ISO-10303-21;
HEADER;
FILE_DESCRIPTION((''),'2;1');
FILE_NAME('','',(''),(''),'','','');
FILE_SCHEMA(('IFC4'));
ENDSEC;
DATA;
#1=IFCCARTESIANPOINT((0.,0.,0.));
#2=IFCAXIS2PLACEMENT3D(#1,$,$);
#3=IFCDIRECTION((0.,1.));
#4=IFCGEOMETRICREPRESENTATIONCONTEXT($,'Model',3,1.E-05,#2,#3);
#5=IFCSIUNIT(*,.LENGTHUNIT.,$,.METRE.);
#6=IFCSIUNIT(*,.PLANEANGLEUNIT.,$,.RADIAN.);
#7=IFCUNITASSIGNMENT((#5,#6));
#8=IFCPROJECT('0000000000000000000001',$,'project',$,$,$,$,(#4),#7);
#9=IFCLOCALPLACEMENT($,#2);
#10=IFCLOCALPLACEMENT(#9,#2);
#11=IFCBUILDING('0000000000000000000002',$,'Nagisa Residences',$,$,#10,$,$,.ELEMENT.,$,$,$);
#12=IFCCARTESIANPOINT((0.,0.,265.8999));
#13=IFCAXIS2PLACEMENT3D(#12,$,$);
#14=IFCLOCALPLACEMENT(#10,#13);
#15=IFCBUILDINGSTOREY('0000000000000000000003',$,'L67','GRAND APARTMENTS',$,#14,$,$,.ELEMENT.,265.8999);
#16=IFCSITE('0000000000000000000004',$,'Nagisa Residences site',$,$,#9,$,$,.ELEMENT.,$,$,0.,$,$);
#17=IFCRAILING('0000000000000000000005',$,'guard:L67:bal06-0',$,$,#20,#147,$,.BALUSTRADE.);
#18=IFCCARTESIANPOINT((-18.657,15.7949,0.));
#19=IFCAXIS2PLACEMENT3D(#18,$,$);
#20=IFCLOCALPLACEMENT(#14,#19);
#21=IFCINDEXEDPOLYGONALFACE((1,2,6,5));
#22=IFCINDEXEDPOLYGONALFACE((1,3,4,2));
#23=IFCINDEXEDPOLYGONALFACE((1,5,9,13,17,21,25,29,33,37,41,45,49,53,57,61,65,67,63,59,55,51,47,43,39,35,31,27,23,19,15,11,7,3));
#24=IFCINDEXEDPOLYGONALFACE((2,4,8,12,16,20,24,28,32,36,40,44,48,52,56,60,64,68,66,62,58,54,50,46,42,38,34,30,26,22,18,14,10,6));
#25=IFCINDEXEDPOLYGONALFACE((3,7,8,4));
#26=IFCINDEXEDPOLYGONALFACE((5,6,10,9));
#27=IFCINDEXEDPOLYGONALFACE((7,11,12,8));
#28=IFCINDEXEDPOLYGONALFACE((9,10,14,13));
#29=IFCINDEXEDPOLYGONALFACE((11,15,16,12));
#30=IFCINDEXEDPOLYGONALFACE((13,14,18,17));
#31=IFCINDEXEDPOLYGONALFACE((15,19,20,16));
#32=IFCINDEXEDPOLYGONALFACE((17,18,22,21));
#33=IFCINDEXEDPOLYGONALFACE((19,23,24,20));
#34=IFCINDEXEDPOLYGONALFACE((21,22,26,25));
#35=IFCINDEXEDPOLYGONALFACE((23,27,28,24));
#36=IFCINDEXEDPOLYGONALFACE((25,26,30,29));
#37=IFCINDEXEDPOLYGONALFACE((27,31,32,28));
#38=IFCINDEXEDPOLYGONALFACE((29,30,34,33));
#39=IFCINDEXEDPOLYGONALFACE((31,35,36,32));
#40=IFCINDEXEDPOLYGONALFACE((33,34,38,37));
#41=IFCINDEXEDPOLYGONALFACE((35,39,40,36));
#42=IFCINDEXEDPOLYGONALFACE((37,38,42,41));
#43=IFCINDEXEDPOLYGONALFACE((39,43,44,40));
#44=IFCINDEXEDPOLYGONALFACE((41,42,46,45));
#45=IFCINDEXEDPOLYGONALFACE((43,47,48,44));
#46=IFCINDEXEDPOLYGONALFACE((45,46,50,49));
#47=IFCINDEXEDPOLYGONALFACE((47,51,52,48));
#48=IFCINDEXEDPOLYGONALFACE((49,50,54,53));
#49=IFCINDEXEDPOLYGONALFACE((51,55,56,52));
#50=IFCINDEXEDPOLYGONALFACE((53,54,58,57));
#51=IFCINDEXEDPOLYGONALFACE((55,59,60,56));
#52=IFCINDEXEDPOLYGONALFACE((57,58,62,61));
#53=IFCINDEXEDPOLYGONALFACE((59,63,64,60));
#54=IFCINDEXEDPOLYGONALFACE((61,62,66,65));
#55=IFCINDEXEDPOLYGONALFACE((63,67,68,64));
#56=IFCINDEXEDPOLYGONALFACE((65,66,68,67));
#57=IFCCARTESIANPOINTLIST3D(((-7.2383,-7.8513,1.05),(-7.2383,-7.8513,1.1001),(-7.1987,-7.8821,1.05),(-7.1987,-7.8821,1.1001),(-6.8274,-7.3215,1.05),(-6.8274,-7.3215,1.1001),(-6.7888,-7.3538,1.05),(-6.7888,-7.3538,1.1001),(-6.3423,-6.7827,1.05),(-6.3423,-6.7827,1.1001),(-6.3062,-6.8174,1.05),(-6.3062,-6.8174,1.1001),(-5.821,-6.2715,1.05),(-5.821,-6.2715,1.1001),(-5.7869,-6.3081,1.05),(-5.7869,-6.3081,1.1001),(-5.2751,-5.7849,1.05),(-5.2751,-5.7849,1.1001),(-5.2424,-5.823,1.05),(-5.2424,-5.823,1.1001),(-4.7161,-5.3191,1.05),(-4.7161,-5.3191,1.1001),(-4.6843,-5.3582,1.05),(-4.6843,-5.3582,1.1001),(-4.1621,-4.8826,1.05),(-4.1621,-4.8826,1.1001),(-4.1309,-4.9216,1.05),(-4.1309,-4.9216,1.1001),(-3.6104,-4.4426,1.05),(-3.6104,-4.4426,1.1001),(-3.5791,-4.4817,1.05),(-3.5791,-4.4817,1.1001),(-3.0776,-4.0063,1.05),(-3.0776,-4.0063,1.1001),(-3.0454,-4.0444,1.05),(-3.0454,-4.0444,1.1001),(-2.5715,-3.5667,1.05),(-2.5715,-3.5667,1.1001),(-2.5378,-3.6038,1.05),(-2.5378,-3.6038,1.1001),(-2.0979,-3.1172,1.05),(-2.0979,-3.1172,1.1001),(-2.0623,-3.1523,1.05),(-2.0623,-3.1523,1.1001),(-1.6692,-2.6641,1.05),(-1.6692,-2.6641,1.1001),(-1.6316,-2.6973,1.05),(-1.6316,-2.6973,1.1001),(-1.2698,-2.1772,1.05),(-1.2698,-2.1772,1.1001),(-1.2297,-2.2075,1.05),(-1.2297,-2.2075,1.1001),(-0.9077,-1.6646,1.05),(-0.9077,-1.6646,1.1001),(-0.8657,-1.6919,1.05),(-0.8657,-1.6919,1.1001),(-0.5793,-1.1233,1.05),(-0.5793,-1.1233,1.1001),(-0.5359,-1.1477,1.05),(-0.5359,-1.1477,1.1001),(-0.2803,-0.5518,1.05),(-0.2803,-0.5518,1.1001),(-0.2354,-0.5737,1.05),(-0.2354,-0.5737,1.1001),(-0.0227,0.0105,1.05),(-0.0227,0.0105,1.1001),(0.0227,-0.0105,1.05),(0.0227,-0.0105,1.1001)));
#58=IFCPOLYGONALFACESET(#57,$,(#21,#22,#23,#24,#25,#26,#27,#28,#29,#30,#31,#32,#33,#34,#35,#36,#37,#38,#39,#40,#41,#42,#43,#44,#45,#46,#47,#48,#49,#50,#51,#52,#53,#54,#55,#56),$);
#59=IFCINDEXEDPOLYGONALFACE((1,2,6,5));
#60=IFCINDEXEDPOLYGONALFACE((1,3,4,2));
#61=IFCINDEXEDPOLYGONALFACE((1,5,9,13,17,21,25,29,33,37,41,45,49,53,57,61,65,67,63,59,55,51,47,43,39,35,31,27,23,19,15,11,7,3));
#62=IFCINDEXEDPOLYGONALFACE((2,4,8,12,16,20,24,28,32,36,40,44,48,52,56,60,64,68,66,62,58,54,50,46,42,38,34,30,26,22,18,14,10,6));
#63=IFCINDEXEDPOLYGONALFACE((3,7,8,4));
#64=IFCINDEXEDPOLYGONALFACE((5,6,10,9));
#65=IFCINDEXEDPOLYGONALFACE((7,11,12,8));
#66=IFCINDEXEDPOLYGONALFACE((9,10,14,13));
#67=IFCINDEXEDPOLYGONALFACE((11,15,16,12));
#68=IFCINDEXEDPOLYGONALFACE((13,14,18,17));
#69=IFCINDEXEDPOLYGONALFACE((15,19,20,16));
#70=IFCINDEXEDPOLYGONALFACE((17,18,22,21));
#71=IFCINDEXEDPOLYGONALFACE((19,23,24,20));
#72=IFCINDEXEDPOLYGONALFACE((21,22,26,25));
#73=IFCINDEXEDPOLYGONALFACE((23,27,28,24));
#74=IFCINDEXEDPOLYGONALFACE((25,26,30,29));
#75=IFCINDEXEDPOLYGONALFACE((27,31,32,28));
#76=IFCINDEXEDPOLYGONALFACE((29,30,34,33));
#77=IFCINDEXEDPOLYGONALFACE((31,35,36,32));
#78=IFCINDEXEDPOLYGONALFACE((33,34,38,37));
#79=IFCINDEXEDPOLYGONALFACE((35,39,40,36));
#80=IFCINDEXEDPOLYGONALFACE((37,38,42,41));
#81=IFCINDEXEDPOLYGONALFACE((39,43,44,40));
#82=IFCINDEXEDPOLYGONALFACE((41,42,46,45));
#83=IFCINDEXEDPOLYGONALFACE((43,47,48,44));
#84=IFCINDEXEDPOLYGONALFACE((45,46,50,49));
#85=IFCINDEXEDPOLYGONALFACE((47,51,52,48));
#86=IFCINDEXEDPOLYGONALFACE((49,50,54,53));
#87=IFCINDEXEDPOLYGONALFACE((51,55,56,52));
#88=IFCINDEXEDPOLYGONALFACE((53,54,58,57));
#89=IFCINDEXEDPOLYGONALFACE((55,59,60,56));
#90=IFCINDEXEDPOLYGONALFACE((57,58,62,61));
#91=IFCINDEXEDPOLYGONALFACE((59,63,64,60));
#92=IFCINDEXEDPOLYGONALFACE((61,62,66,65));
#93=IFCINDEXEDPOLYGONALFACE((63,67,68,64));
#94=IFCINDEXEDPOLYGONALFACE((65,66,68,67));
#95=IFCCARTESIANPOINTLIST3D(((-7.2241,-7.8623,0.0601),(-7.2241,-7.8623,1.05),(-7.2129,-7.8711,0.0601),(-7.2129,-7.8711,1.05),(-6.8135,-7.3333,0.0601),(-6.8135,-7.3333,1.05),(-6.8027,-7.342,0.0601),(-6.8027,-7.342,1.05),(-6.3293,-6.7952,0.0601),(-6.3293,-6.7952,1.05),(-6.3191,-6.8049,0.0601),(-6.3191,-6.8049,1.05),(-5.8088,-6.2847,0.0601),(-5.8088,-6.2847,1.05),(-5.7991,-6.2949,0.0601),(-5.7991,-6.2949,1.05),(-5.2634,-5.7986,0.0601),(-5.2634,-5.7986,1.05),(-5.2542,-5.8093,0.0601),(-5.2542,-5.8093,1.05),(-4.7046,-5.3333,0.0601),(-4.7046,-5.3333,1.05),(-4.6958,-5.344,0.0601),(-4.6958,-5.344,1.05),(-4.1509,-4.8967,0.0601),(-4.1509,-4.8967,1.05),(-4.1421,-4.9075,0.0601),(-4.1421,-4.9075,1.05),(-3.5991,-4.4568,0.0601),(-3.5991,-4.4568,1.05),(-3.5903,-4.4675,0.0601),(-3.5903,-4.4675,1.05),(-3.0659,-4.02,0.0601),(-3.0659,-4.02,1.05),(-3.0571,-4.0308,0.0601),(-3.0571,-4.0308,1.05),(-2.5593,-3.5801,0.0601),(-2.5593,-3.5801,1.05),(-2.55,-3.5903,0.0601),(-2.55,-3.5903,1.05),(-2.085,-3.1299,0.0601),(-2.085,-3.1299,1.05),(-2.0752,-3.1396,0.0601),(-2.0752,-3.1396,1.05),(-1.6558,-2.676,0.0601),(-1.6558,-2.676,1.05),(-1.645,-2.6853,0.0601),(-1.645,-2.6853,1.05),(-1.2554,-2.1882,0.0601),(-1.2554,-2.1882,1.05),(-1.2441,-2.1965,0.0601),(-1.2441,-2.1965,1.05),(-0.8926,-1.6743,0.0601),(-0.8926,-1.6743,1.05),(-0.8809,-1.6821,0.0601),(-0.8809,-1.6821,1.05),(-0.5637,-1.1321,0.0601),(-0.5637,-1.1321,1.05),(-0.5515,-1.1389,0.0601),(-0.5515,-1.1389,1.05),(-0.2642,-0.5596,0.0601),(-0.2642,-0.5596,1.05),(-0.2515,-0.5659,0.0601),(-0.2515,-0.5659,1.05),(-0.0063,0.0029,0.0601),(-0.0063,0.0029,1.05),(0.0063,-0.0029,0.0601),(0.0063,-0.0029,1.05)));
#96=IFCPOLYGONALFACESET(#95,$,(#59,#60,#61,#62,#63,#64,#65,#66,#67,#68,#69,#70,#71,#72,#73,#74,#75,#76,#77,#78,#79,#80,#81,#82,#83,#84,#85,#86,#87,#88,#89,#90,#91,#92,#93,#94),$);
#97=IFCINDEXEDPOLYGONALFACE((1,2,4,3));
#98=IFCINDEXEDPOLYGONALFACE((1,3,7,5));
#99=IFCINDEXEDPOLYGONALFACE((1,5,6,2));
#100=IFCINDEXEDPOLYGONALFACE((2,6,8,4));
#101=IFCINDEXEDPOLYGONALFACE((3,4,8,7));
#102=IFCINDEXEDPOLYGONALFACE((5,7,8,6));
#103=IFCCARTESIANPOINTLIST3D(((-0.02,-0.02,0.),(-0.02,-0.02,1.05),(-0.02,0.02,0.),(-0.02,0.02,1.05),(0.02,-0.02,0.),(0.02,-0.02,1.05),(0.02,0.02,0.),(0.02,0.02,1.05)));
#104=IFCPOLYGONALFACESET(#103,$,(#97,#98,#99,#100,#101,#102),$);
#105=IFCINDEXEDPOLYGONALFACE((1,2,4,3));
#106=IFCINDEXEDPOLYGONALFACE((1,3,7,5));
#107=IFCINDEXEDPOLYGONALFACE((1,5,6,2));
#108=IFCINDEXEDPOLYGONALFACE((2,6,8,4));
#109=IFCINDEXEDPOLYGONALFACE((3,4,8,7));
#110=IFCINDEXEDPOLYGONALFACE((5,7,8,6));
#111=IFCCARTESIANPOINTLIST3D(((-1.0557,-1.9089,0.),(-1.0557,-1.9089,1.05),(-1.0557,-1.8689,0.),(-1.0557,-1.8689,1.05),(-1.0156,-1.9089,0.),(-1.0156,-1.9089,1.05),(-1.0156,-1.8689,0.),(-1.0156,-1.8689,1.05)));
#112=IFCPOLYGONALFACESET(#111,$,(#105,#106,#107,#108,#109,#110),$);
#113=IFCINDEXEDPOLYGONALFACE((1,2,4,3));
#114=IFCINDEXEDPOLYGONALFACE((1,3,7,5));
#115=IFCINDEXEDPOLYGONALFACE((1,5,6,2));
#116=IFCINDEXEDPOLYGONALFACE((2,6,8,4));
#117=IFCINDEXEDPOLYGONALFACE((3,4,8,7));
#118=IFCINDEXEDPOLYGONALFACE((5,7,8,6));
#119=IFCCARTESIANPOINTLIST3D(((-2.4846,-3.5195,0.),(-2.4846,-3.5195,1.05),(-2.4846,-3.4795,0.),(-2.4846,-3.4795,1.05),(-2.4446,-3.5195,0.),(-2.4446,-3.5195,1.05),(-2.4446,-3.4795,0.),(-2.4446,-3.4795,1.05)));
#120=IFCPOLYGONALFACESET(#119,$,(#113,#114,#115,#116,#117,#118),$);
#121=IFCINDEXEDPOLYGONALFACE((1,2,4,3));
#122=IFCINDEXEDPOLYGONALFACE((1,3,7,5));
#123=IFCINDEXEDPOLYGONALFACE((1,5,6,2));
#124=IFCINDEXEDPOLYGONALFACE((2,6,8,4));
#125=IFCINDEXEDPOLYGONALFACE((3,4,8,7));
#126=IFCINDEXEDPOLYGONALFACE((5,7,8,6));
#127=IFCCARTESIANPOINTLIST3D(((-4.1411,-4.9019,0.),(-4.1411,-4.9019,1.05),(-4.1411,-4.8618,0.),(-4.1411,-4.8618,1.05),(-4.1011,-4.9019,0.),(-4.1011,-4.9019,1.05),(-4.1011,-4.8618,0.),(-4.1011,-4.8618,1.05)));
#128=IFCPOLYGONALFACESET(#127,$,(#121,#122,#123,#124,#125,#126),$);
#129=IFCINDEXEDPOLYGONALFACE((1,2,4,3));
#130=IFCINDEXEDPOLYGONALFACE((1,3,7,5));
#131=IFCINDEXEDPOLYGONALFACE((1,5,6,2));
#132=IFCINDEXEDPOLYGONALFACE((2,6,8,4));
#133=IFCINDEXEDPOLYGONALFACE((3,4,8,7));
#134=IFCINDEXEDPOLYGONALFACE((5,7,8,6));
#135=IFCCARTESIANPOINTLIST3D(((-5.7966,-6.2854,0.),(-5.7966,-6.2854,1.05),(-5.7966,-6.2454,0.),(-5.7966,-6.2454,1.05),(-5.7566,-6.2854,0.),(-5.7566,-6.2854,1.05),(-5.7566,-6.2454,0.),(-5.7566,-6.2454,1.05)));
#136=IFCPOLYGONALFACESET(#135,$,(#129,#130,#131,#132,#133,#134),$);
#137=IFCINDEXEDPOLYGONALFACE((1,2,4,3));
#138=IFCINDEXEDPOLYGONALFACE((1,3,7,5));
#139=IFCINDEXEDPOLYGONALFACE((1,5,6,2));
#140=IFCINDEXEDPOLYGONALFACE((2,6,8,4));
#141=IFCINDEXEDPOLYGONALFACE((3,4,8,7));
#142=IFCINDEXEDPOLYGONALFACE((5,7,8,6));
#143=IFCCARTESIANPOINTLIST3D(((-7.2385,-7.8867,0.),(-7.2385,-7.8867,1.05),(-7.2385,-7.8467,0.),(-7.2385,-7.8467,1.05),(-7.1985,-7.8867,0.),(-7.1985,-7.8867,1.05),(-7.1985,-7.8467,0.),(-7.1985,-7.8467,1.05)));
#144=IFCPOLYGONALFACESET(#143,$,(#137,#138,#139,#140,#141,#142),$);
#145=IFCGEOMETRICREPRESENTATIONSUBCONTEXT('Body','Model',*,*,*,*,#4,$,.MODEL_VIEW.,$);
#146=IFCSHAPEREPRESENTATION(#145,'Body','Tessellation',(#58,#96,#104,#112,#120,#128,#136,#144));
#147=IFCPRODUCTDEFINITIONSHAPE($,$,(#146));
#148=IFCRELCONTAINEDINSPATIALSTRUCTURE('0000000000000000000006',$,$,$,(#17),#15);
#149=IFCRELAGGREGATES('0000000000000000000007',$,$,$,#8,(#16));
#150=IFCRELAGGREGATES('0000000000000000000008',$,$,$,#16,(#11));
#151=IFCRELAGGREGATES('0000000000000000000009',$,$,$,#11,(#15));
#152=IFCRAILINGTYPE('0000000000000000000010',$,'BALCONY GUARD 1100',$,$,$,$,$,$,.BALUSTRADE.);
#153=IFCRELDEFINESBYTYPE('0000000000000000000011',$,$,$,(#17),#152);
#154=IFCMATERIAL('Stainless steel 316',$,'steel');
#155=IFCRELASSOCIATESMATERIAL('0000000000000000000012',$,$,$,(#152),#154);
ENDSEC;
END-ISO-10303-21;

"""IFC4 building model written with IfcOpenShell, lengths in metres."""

from ifc_helpers import new_model, si_unit, direction, frame, origin, origin_2d, place, context, subcontext, project, spatial, polyline, rectangle, outline, extrude, material, type_object, element, save


model = new_model("IFC4")

# Units and contexts
model_context = context("Model", 3, precision=1e-05, world=origin(), true_north=direction((0.0, 1.0)))
body_context = subcontext(model_context, "Body", "Model", "MODEL_VIEW")
ifc_project = project(units=[si_unit("LENGTHUNIT", "METRE"), si_unit("PLANEANGLEUNIT", "RADIAN")], contexts=[model_context])

# Site, building, storey
site_placement = place(None, origin())
site = spatial("IfcSite", under=ifc_project, at=site_placement, Name="Nagisa Residences site", CompositionType="ELEMENT", RefElevation=0.0)
building_placement = place(site_placement, origin())
building = spatial("IfcBuilding", under=site, at=building_placement, Name="Nagisa Residences", CompositionType="ELEMENT")
storey_placement = place(building_placement, frame((0.0, 0.0, 265.8999)))
storey = spatial("IfcBuildingStorey", under=building, at=storey_placement, Name="L67", Description="GRAND APARTMENTS", CompositionType="ELEMENT", Elevation=265.8999)

# Railing
ifc_material_1 = material(Name="Stainless steel 316", Category="steel")
railing_type = type_object("IfcRailingType", Name="BALCONY GUARD 1100", PredefinedType="BALUSTRADE", material=ifc_material_1)
railing_1_placement = place(storey_placement, frame((-18.657, 15.7949, 0.0)))
element("IfcRailing", 1, at=railing_1_placement, inside=storey, type_object=railing_type, Name="guard:L67:bal06-0", PredefinedType="BALUSTRADE", context=body_context, shape_type="SweptSolid", body=[
    extrude(outline(polyline([(-0.2354, -0.5737), (0.0227, -0.0105), (-0.0227, 0.0105), (-0.2803, -0.5518), (-0.5793, -1.1233), (-0.9077, -1.6646), (-1.2698, -2.1772), (-1.6692, -2.6641), (-2.0979, -3.1172), (-2.5715, -3.5667), (-3.0776, -4.0063), (-3.6104, -4.4426), (-4.1621, -4.8826), (-4.7161, -5.3191), (-5.2751, -5.7849), (-5.821, -6.2715), (-6.3423, -6.7827), (-6.8274, -7.3215), (-7.2383, -7.8513), (-7.1987, -7.8821), (-6.7888, -7.3538), (-6.3062, -6.8174), (-5.7869, -6.3081), (-5.2424, -5.823), (-4.6843, -5.3582), (-4.1309, -4.9216), (-3.5791, -4.4817), (-3.0454, -4.0444), (-2.5378, -3.6038), (-2.0623, -3.1523), (-1.6316, -2.6973), (-1.2297, -2.2075), (-0.8657, -1.6919), (-0.5359, -1.1477), (-0.2354, -0.5737)])), frame((0.0, 0.0, 1.05)), (0.0, 0.0, 1.0), 0.05),
    extrude(outline(polyline([(-0.2515, -0.5659), (0.0063, -0.0029), (-0.0063, 0.0029), (-0.2642, -0.5596), (-0.5637, -1.1321), (-0.8926, -1.6743), (-1.2554, -2.1882), (-1.6558, -2.676), (-2.085, -3.1299), (-2.5593, -3.5801), (-3.0659, -4.02), (-3.5991, -4.4568), (-4.1509, -4.8967), (-4.7046, -5.3333), (-5.2634, -5.7986), (-5.8088, -6.2847), (-6.3293, -6.7952), (-6.8135, -7.3333), (-7.2241, -7.8623), (-7.2129, -7.8711), (-6.8027, -7.342), (-6.3191, -6.8049), (-5.7991, -6.2949), (-5.2542, -5.8093), (-4.6958, -5.344), (-4.1421, -4.9075), (-3.5903, -4.4675), (-3.0571, -4.0308), (-2.55, -3.5903), (-2.0752, -3.1396), (-1.645, -2.6853), (-1.2441, -2.1965), (-0.8809, -1.6821), (-0.5515, -1.1389), (-0.2515, -0.5659)])), frame((0.0, 0.0, 0.0601)), (0.0, 0.0, 1.0), 0.99),
    extrude(rectangle(XDim=0.04, YDim=0.04, at=origin_2d()), origin(), (0.0, 0.0, 1.0), 1.05),
    extrude(rectangle(XDim=0.04, YDim=0.04, at=origin_2d()), frame((-1.0356, -1.8889, 0.0)), (0.0, 0.0, 1.0), 1.05),
    extrude(rectangle(XDim=0.04, YDim=0.04, at=origin_2d()), frame((-2.4646, -3.4995, 0.0)), (0.0, 0.0, 1.0), 1.05),
    extrude(rectangle(XDim=0.04, YDim=0.04, at=origin_2d()), frame((-4.1211, -4.8818, 0.0)), (0.0, 0.0, 1.0), 1.05),
    extrude(rectangle(XDim=0.04, YDim=0.04, at=origin_2d()), frame((-5.7766, -6.2654, 0.0)), (0.0, 0.0, 1.0), 1.05),
    extrude(rectangle(XDim=0.04, YDim=0.04, at=origin_2d()), frame((-7.2185, -7.8667, 0.0)), (0.0, 0.0, 1.0), 1.05),
])

save(model, "model.ifc")
